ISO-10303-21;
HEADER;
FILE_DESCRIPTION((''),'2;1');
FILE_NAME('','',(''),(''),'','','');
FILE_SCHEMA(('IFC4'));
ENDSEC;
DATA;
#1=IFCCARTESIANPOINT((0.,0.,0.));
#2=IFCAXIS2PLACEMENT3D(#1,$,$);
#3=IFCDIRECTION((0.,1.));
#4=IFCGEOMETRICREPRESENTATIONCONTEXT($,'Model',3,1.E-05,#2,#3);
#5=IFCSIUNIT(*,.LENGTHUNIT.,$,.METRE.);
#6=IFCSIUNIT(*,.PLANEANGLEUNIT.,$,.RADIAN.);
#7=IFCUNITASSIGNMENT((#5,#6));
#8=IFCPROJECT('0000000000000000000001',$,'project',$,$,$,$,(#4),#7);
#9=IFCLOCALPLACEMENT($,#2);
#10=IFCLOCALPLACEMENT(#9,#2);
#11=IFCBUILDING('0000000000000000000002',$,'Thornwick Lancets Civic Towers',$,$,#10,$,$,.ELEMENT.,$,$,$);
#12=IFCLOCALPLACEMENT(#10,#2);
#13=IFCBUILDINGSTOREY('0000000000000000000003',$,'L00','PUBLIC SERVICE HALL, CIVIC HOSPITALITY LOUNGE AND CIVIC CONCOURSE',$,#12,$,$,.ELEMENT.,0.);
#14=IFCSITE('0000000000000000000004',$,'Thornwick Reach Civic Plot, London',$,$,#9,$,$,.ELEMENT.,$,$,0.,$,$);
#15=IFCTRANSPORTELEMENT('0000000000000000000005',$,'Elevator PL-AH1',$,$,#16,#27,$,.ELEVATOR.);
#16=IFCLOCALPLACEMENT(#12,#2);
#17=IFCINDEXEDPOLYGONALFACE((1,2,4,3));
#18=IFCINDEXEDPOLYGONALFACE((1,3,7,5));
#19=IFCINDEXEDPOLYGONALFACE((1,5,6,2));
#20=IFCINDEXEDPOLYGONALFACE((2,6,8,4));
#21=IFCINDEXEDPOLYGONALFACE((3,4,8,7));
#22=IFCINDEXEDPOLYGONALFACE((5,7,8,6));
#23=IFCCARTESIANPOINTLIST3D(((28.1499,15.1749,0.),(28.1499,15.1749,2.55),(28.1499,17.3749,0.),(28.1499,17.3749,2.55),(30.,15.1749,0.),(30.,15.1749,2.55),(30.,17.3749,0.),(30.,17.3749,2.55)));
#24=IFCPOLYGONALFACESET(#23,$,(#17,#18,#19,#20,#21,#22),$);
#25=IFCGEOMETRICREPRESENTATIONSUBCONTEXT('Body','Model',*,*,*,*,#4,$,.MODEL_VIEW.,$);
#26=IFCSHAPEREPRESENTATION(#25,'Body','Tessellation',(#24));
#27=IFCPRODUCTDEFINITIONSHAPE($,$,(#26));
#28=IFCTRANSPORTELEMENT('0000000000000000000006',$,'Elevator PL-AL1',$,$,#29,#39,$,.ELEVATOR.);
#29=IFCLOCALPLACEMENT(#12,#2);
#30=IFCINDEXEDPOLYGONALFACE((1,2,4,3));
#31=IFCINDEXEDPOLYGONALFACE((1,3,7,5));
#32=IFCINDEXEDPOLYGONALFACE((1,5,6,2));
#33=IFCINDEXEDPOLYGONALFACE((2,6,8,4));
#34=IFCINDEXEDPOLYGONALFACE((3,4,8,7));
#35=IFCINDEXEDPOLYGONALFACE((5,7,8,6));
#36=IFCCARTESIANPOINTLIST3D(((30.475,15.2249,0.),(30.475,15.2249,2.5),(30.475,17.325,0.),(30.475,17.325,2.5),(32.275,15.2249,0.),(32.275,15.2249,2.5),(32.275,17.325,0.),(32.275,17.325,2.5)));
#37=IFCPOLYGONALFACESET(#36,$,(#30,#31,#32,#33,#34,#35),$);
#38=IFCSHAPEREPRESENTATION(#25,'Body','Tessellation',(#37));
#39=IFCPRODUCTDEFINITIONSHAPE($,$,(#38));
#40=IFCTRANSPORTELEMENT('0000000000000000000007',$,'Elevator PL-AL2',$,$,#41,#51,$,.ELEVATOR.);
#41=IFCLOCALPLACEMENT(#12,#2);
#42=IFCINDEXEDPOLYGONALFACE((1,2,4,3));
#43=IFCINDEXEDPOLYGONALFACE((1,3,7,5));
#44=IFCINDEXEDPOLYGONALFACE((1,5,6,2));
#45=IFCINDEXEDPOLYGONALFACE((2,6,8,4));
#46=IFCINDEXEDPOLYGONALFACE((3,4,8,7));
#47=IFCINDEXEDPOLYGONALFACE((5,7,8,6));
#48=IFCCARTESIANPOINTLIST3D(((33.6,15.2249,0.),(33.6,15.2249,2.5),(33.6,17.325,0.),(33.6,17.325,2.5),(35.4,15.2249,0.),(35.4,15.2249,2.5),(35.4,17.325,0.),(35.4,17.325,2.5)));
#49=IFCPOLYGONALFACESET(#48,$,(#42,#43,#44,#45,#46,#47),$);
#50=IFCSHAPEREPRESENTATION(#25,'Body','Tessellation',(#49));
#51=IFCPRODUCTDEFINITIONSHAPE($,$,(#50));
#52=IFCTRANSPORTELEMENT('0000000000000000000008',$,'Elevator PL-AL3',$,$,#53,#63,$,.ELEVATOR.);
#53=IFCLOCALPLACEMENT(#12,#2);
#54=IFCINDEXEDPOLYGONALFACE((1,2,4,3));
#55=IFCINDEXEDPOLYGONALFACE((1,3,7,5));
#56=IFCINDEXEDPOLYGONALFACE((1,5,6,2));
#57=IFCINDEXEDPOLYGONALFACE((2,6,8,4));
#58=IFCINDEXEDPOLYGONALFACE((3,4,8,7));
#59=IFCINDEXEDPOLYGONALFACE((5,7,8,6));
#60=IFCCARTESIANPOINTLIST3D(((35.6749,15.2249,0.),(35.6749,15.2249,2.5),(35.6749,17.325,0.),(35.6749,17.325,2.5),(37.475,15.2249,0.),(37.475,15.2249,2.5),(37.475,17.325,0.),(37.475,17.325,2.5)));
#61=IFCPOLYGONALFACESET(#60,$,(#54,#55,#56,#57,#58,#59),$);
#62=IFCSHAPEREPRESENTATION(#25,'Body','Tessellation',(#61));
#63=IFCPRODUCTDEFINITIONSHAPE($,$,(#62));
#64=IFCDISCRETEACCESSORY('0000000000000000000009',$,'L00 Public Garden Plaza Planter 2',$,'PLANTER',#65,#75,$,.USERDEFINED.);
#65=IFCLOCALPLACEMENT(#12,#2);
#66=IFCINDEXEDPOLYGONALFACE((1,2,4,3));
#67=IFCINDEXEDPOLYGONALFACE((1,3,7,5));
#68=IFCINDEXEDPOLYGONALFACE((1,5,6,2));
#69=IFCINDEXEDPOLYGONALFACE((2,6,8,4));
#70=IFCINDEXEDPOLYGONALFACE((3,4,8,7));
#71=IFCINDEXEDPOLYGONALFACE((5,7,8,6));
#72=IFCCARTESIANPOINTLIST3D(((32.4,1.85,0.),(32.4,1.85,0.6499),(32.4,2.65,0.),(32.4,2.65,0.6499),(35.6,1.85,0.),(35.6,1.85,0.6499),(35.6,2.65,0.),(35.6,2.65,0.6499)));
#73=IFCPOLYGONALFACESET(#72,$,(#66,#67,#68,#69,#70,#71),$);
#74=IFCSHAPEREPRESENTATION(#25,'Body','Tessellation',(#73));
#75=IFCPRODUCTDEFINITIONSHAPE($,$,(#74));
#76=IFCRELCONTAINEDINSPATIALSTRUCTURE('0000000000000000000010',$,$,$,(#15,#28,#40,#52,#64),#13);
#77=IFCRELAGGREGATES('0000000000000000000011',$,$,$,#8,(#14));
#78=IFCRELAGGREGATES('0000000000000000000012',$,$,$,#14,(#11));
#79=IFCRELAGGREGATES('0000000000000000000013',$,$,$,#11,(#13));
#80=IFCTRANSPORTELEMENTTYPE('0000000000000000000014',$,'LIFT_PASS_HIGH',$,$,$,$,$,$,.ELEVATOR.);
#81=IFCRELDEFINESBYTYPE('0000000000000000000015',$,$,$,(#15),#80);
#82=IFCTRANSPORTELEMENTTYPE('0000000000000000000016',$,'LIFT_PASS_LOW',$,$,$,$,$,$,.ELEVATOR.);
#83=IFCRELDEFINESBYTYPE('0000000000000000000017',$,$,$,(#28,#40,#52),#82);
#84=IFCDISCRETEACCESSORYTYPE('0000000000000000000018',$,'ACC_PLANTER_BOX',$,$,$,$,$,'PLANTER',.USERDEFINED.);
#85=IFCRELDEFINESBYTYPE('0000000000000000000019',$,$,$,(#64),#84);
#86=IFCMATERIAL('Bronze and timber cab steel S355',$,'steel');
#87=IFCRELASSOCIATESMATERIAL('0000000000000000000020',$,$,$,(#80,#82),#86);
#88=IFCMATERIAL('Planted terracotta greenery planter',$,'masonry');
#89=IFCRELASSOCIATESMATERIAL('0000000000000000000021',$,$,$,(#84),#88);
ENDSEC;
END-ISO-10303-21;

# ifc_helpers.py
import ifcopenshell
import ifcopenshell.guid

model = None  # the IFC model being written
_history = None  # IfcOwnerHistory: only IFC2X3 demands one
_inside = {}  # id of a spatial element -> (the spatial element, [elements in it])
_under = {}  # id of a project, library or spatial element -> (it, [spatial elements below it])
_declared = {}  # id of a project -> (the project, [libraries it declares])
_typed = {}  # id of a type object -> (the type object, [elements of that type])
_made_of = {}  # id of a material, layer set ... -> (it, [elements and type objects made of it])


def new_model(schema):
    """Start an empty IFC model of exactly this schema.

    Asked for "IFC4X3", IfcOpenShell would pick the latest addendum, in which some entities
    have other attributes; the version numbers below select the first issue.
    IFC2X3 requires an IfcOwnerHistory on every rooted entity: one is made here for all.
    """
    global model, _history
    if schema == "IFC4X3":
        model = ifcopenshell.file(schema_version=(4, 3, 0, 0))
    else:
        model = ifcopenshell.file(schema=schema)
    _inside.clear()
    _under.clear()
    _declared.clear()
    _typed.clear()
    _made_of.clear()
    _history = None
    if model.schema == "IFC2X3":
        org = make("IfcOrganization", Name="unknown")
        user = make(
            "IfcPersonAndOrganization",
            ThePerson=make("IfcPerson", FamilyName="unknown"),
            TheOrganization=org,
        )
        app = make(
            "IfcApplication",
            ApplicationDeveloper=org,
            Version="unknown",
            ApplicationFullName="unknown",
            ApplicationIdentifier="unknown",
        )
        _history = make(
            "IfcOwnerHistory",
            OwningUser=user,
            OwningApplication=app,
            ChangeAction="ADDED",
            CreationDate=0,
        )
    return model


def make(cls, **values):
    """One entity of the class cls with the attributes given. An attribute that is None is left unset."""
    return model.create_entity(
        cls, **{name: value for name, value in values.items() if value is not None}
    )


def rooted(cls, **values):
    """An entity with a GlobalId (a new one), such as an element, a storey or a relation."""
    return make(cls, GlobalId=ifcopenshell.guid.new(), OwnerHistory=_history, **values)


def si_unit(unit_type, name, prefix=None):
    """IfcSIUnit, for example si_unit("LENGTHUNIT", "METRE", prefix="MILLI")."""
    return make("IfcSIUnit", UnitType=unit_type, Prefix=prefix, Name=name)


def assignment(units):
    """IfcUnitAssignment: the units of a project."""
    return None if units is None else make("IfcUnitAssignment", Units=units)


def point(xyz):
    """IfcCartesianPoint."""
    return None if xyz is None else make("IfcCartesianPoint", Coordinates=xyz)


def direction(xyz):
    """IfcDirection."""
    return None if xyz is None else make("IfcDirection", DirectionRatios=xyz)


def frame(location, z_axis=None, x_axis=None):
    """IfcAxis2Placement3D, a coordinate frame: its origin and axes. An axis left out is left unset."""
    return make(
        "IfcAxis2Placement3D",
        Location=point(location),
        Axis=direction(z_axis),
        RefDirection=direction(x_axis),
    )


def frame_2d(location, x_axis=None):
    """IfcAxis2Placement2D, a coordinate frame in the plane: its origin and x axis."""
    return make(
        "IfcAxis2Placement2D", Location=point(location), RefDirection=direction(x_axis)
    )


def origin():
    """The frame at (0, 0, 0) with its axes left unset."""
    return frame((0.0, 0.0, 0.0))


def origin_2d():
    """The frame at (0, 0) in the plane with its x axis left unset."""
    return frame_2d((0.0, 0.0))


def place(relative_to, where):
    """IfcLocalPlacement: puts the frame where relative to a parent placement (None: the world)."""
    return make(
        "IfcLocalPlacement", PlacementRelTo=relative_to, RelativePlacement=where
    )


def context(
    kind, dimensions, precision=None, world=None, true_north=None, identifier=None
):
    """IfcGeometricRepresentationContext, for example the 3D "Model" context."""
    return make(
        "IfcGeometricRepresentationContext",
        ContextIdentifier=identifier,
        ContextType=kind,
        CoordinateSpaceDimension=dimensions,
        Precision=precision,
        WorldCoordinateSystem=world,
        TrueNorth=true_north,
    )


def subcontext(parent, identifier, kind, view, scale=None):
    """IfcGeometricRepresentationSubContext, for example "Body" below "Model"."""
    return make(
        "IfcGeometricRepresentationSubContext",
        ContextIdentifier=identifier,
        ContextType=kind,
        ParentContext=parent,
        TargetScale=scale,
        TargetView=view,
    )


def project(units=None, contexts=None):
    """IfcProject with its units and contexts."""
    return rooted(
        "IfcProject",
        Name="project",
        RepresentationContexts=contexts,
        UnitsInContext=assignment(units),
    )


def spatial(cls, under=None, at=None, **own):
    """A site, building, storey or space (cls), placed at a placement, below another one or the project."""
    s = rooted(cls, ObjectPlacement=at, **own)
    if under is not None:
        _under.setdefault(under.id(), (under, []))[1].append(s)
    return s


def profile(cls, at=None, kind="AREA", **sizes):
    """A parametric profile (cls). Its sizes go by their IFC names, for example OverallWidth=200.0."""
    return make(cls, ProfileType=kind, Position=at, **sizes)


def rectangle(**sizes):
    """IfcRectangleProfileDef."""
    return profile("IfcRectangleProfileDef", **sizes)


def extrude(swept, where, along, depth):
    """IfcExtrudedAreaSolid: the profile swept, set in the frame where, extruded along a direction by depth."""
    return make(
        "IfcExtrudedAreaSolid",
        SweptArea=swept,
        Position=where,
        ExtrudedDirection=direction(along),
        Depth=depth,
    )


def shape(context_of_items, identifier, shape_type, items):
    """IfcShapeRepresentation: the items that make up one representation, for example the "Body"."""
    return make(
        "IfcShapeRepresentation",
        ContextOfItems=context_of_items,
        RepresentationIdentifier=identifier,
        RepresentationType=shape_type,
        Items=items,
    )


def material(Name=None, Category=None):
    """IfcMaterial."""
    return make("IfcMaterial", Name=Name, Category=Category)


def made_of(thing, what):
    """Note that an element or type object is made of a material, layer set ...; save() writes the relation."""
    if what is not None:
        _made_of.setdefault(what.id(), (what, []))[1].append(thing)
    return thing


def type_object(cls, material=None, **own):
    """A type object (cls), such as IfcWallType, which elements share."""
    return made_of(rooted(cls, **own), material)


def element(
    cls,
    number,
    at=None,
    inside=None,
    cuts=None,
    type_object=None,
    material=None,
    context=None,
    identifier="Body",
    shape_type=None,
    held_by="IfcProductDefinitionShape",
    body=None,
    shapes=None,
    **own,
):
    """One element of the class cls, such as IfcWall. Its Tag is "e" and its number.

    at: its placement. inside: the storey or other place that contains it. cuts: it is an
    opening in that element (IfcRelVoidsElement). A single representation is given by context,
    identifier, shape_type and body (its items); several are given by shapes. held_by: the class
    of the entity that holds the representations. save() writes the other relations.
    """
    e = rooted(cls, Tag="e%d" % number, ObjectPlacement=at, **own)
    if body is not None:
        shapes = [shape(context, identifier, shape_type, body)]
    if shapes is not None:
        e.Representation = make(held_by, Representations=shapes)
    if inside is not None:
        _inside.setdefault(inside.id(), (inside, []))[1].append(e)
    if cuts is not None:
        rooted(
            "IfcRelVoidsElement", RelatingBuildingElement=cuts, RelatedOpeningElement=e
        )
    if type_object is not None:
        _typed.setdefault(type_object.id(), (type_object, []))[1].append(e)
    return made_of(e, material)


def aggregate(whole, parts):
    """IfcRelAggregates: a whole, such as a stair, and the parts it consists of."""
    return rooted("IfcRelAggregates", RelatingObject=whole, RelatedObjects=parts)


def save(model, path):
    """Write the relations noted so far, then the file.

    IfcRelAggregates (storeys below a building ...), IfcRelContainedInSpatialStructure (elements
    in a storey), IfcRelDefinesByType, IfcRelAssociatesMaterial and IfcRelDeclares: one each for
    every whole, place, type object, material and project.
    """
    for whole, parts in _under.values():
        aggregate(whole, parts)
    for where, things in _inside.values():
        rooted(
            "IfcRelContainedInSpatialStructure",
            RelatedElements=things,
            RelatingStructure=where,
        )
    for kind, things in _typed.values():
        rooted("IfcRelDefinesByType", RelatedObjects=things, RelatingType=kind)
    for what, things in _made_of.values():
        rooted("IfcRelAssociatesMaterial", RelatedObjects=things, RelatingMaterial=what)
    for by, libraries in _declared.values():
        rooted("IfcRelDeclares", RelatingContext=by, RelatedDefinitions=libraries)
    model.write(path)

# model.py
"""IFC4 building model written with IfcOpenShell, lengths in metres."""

from ifc_helpers import new_model, si_unit, direction, frame, origin, origin_2d, place, context, subcontext, project, spatial, rectangle, extrude, material, type_object, element, save


model = new_model("IFC4")

# Units and contexts
model_context = context("Model", 3, precision=1e-05, world=origin(), true_north=direction((0.0, 1.0)))
body_context = subcontext(model_context, "Body", "Model", "MODEL_VIEW")
ifc_project = project(units=[si_unit("LENGTHUNIT", "METRE"), si_unit("PLANEANGLEUNIT", "RADIAN")], contexts=[model_context])

# Site, building, storey
site_placement = place(None, origin())
site = spatial("IfcSite", under=ifc_project, at=site_placement, Name="Thornwick Reach Civic Plot, London", CompositionType="ELEMENT", RefElevation=0.0)
building_placement = place(site_placement, origin())
building = spatial("IfcBuilding", under=site, at=building_placement, Name="Thornwick Lancets Civic Towers", CompositionType="ELEMENT")
storey_placement = place(building_placement, origin())
storey = spatial("IfcBuildingStorey", under=building, at=storey_placement, Name="L00", Description="PUBLIC SERVICE HALL, CIVIC HOSPITALITY LOUNGE AND CIVIC CONCOURSE", CompositionType="ELEMENT", Elevation=0.0)

# Transport elements
ifc_material_1 = material(Name="Bronze and timber cab steel S355", Category="steel")
transport_element_type_1 = type_object("IfcTransportElementType", Name="LIFT_PASS_HIGH", PredefinedType="ELEVATOR", material=ifc_material_1)
transport_element_placement = place(storey_placement, frame((29.075, 16.2749, 0.0), z_axis=(0.0, 0.0, 1.0), x_axis=(1.0, 0.0, 0.0)))
element("IfcTransportElement", 1, at=transport_element_placement, inside=storey, type_object=transport_element_type_1, Name="Elevator PL-AH1", PredefinedType="ELEVATOR", context=body_context, shape_type="SweptSolid", body=[
    extrude(rectangle(XDim=1.8501, YDim=2.2, at=origin_2d()), origin(), (0.0, 0.0, 1.0), 2.55),
])
transport_element_type_2 = type_object("IfcTransportElementType", Name="LIFT_PASS_LOW", PredefinedType="ELEVATOR", material=ifc_material_1)
for number, where, z_axis, x_axis, name in (
    (2, (31.375, 16.2749, 0.0), (0.0, 0.0, 1.0), (1.0, 0.0, 0.0), "Elevator PL-AL1"),
    (3, (34.5, 16.2749, 0.0), (0.0, 0.0, 1.0), (1.0, 0.0, 0.0), "Elevator PL-AL2"),
    (4, (36.575, 16.2749, 0.0), (0.0, 0.0, 1.0), (1.0, 0.0, 0.0), "Elevator PL-AL3"),
):
    element("IfcTransportElement", number, at=place(storey_placement, frame(where, z_axis=z_axis, x_axis=x_axis)), inside=storey, type_object=transport_element_type_2, Name=name, PredefinedType="ELEVATOR", context=body_context, shape_type="SweptSolid", body=[
        extrude(rectangle(XDim=1.8, YDim=2.1001, at=origin_2d()), origin(), (0.0, 0.0, 1.0), 2.5),
    ])

# Discrete accessory
ifc_material_2 = material(Name="Planted terracotta greenery planter", Category="masonry")
discrete_accessory_type = type_object("IfcDiscreteAccessoryType", Name="ACC_PLANTER_BOX", ElementType="PLANTER", PredefinedType="USERDEFINED", material=ifc_material_2)
discrete_accessory_placement = place(storey_placement, frame((34.0, 2.25, 0.0), z_axis=(0.0, 0.0, 1.0), x_axis=(1.0, 0.0, 0.0)))
element("IfcDiscreteAccessory", 5, at=discrete_accessory_placement, inside=storey, type_object=discrete_accessory_type, Name="L00 Public Garden Plaza Planter 2", ObjectType="PLANTER", PredefinedType="USERDEFINED", context=body_context, shape_type="SweptSolid", body=[
    extrude(rectangle(XDim=3.2, YDim=0.8, at=origin_2d()), origin(), (0.0, 0.0, 1.0), 0.6499),
])

save(model, "model.ifc")
